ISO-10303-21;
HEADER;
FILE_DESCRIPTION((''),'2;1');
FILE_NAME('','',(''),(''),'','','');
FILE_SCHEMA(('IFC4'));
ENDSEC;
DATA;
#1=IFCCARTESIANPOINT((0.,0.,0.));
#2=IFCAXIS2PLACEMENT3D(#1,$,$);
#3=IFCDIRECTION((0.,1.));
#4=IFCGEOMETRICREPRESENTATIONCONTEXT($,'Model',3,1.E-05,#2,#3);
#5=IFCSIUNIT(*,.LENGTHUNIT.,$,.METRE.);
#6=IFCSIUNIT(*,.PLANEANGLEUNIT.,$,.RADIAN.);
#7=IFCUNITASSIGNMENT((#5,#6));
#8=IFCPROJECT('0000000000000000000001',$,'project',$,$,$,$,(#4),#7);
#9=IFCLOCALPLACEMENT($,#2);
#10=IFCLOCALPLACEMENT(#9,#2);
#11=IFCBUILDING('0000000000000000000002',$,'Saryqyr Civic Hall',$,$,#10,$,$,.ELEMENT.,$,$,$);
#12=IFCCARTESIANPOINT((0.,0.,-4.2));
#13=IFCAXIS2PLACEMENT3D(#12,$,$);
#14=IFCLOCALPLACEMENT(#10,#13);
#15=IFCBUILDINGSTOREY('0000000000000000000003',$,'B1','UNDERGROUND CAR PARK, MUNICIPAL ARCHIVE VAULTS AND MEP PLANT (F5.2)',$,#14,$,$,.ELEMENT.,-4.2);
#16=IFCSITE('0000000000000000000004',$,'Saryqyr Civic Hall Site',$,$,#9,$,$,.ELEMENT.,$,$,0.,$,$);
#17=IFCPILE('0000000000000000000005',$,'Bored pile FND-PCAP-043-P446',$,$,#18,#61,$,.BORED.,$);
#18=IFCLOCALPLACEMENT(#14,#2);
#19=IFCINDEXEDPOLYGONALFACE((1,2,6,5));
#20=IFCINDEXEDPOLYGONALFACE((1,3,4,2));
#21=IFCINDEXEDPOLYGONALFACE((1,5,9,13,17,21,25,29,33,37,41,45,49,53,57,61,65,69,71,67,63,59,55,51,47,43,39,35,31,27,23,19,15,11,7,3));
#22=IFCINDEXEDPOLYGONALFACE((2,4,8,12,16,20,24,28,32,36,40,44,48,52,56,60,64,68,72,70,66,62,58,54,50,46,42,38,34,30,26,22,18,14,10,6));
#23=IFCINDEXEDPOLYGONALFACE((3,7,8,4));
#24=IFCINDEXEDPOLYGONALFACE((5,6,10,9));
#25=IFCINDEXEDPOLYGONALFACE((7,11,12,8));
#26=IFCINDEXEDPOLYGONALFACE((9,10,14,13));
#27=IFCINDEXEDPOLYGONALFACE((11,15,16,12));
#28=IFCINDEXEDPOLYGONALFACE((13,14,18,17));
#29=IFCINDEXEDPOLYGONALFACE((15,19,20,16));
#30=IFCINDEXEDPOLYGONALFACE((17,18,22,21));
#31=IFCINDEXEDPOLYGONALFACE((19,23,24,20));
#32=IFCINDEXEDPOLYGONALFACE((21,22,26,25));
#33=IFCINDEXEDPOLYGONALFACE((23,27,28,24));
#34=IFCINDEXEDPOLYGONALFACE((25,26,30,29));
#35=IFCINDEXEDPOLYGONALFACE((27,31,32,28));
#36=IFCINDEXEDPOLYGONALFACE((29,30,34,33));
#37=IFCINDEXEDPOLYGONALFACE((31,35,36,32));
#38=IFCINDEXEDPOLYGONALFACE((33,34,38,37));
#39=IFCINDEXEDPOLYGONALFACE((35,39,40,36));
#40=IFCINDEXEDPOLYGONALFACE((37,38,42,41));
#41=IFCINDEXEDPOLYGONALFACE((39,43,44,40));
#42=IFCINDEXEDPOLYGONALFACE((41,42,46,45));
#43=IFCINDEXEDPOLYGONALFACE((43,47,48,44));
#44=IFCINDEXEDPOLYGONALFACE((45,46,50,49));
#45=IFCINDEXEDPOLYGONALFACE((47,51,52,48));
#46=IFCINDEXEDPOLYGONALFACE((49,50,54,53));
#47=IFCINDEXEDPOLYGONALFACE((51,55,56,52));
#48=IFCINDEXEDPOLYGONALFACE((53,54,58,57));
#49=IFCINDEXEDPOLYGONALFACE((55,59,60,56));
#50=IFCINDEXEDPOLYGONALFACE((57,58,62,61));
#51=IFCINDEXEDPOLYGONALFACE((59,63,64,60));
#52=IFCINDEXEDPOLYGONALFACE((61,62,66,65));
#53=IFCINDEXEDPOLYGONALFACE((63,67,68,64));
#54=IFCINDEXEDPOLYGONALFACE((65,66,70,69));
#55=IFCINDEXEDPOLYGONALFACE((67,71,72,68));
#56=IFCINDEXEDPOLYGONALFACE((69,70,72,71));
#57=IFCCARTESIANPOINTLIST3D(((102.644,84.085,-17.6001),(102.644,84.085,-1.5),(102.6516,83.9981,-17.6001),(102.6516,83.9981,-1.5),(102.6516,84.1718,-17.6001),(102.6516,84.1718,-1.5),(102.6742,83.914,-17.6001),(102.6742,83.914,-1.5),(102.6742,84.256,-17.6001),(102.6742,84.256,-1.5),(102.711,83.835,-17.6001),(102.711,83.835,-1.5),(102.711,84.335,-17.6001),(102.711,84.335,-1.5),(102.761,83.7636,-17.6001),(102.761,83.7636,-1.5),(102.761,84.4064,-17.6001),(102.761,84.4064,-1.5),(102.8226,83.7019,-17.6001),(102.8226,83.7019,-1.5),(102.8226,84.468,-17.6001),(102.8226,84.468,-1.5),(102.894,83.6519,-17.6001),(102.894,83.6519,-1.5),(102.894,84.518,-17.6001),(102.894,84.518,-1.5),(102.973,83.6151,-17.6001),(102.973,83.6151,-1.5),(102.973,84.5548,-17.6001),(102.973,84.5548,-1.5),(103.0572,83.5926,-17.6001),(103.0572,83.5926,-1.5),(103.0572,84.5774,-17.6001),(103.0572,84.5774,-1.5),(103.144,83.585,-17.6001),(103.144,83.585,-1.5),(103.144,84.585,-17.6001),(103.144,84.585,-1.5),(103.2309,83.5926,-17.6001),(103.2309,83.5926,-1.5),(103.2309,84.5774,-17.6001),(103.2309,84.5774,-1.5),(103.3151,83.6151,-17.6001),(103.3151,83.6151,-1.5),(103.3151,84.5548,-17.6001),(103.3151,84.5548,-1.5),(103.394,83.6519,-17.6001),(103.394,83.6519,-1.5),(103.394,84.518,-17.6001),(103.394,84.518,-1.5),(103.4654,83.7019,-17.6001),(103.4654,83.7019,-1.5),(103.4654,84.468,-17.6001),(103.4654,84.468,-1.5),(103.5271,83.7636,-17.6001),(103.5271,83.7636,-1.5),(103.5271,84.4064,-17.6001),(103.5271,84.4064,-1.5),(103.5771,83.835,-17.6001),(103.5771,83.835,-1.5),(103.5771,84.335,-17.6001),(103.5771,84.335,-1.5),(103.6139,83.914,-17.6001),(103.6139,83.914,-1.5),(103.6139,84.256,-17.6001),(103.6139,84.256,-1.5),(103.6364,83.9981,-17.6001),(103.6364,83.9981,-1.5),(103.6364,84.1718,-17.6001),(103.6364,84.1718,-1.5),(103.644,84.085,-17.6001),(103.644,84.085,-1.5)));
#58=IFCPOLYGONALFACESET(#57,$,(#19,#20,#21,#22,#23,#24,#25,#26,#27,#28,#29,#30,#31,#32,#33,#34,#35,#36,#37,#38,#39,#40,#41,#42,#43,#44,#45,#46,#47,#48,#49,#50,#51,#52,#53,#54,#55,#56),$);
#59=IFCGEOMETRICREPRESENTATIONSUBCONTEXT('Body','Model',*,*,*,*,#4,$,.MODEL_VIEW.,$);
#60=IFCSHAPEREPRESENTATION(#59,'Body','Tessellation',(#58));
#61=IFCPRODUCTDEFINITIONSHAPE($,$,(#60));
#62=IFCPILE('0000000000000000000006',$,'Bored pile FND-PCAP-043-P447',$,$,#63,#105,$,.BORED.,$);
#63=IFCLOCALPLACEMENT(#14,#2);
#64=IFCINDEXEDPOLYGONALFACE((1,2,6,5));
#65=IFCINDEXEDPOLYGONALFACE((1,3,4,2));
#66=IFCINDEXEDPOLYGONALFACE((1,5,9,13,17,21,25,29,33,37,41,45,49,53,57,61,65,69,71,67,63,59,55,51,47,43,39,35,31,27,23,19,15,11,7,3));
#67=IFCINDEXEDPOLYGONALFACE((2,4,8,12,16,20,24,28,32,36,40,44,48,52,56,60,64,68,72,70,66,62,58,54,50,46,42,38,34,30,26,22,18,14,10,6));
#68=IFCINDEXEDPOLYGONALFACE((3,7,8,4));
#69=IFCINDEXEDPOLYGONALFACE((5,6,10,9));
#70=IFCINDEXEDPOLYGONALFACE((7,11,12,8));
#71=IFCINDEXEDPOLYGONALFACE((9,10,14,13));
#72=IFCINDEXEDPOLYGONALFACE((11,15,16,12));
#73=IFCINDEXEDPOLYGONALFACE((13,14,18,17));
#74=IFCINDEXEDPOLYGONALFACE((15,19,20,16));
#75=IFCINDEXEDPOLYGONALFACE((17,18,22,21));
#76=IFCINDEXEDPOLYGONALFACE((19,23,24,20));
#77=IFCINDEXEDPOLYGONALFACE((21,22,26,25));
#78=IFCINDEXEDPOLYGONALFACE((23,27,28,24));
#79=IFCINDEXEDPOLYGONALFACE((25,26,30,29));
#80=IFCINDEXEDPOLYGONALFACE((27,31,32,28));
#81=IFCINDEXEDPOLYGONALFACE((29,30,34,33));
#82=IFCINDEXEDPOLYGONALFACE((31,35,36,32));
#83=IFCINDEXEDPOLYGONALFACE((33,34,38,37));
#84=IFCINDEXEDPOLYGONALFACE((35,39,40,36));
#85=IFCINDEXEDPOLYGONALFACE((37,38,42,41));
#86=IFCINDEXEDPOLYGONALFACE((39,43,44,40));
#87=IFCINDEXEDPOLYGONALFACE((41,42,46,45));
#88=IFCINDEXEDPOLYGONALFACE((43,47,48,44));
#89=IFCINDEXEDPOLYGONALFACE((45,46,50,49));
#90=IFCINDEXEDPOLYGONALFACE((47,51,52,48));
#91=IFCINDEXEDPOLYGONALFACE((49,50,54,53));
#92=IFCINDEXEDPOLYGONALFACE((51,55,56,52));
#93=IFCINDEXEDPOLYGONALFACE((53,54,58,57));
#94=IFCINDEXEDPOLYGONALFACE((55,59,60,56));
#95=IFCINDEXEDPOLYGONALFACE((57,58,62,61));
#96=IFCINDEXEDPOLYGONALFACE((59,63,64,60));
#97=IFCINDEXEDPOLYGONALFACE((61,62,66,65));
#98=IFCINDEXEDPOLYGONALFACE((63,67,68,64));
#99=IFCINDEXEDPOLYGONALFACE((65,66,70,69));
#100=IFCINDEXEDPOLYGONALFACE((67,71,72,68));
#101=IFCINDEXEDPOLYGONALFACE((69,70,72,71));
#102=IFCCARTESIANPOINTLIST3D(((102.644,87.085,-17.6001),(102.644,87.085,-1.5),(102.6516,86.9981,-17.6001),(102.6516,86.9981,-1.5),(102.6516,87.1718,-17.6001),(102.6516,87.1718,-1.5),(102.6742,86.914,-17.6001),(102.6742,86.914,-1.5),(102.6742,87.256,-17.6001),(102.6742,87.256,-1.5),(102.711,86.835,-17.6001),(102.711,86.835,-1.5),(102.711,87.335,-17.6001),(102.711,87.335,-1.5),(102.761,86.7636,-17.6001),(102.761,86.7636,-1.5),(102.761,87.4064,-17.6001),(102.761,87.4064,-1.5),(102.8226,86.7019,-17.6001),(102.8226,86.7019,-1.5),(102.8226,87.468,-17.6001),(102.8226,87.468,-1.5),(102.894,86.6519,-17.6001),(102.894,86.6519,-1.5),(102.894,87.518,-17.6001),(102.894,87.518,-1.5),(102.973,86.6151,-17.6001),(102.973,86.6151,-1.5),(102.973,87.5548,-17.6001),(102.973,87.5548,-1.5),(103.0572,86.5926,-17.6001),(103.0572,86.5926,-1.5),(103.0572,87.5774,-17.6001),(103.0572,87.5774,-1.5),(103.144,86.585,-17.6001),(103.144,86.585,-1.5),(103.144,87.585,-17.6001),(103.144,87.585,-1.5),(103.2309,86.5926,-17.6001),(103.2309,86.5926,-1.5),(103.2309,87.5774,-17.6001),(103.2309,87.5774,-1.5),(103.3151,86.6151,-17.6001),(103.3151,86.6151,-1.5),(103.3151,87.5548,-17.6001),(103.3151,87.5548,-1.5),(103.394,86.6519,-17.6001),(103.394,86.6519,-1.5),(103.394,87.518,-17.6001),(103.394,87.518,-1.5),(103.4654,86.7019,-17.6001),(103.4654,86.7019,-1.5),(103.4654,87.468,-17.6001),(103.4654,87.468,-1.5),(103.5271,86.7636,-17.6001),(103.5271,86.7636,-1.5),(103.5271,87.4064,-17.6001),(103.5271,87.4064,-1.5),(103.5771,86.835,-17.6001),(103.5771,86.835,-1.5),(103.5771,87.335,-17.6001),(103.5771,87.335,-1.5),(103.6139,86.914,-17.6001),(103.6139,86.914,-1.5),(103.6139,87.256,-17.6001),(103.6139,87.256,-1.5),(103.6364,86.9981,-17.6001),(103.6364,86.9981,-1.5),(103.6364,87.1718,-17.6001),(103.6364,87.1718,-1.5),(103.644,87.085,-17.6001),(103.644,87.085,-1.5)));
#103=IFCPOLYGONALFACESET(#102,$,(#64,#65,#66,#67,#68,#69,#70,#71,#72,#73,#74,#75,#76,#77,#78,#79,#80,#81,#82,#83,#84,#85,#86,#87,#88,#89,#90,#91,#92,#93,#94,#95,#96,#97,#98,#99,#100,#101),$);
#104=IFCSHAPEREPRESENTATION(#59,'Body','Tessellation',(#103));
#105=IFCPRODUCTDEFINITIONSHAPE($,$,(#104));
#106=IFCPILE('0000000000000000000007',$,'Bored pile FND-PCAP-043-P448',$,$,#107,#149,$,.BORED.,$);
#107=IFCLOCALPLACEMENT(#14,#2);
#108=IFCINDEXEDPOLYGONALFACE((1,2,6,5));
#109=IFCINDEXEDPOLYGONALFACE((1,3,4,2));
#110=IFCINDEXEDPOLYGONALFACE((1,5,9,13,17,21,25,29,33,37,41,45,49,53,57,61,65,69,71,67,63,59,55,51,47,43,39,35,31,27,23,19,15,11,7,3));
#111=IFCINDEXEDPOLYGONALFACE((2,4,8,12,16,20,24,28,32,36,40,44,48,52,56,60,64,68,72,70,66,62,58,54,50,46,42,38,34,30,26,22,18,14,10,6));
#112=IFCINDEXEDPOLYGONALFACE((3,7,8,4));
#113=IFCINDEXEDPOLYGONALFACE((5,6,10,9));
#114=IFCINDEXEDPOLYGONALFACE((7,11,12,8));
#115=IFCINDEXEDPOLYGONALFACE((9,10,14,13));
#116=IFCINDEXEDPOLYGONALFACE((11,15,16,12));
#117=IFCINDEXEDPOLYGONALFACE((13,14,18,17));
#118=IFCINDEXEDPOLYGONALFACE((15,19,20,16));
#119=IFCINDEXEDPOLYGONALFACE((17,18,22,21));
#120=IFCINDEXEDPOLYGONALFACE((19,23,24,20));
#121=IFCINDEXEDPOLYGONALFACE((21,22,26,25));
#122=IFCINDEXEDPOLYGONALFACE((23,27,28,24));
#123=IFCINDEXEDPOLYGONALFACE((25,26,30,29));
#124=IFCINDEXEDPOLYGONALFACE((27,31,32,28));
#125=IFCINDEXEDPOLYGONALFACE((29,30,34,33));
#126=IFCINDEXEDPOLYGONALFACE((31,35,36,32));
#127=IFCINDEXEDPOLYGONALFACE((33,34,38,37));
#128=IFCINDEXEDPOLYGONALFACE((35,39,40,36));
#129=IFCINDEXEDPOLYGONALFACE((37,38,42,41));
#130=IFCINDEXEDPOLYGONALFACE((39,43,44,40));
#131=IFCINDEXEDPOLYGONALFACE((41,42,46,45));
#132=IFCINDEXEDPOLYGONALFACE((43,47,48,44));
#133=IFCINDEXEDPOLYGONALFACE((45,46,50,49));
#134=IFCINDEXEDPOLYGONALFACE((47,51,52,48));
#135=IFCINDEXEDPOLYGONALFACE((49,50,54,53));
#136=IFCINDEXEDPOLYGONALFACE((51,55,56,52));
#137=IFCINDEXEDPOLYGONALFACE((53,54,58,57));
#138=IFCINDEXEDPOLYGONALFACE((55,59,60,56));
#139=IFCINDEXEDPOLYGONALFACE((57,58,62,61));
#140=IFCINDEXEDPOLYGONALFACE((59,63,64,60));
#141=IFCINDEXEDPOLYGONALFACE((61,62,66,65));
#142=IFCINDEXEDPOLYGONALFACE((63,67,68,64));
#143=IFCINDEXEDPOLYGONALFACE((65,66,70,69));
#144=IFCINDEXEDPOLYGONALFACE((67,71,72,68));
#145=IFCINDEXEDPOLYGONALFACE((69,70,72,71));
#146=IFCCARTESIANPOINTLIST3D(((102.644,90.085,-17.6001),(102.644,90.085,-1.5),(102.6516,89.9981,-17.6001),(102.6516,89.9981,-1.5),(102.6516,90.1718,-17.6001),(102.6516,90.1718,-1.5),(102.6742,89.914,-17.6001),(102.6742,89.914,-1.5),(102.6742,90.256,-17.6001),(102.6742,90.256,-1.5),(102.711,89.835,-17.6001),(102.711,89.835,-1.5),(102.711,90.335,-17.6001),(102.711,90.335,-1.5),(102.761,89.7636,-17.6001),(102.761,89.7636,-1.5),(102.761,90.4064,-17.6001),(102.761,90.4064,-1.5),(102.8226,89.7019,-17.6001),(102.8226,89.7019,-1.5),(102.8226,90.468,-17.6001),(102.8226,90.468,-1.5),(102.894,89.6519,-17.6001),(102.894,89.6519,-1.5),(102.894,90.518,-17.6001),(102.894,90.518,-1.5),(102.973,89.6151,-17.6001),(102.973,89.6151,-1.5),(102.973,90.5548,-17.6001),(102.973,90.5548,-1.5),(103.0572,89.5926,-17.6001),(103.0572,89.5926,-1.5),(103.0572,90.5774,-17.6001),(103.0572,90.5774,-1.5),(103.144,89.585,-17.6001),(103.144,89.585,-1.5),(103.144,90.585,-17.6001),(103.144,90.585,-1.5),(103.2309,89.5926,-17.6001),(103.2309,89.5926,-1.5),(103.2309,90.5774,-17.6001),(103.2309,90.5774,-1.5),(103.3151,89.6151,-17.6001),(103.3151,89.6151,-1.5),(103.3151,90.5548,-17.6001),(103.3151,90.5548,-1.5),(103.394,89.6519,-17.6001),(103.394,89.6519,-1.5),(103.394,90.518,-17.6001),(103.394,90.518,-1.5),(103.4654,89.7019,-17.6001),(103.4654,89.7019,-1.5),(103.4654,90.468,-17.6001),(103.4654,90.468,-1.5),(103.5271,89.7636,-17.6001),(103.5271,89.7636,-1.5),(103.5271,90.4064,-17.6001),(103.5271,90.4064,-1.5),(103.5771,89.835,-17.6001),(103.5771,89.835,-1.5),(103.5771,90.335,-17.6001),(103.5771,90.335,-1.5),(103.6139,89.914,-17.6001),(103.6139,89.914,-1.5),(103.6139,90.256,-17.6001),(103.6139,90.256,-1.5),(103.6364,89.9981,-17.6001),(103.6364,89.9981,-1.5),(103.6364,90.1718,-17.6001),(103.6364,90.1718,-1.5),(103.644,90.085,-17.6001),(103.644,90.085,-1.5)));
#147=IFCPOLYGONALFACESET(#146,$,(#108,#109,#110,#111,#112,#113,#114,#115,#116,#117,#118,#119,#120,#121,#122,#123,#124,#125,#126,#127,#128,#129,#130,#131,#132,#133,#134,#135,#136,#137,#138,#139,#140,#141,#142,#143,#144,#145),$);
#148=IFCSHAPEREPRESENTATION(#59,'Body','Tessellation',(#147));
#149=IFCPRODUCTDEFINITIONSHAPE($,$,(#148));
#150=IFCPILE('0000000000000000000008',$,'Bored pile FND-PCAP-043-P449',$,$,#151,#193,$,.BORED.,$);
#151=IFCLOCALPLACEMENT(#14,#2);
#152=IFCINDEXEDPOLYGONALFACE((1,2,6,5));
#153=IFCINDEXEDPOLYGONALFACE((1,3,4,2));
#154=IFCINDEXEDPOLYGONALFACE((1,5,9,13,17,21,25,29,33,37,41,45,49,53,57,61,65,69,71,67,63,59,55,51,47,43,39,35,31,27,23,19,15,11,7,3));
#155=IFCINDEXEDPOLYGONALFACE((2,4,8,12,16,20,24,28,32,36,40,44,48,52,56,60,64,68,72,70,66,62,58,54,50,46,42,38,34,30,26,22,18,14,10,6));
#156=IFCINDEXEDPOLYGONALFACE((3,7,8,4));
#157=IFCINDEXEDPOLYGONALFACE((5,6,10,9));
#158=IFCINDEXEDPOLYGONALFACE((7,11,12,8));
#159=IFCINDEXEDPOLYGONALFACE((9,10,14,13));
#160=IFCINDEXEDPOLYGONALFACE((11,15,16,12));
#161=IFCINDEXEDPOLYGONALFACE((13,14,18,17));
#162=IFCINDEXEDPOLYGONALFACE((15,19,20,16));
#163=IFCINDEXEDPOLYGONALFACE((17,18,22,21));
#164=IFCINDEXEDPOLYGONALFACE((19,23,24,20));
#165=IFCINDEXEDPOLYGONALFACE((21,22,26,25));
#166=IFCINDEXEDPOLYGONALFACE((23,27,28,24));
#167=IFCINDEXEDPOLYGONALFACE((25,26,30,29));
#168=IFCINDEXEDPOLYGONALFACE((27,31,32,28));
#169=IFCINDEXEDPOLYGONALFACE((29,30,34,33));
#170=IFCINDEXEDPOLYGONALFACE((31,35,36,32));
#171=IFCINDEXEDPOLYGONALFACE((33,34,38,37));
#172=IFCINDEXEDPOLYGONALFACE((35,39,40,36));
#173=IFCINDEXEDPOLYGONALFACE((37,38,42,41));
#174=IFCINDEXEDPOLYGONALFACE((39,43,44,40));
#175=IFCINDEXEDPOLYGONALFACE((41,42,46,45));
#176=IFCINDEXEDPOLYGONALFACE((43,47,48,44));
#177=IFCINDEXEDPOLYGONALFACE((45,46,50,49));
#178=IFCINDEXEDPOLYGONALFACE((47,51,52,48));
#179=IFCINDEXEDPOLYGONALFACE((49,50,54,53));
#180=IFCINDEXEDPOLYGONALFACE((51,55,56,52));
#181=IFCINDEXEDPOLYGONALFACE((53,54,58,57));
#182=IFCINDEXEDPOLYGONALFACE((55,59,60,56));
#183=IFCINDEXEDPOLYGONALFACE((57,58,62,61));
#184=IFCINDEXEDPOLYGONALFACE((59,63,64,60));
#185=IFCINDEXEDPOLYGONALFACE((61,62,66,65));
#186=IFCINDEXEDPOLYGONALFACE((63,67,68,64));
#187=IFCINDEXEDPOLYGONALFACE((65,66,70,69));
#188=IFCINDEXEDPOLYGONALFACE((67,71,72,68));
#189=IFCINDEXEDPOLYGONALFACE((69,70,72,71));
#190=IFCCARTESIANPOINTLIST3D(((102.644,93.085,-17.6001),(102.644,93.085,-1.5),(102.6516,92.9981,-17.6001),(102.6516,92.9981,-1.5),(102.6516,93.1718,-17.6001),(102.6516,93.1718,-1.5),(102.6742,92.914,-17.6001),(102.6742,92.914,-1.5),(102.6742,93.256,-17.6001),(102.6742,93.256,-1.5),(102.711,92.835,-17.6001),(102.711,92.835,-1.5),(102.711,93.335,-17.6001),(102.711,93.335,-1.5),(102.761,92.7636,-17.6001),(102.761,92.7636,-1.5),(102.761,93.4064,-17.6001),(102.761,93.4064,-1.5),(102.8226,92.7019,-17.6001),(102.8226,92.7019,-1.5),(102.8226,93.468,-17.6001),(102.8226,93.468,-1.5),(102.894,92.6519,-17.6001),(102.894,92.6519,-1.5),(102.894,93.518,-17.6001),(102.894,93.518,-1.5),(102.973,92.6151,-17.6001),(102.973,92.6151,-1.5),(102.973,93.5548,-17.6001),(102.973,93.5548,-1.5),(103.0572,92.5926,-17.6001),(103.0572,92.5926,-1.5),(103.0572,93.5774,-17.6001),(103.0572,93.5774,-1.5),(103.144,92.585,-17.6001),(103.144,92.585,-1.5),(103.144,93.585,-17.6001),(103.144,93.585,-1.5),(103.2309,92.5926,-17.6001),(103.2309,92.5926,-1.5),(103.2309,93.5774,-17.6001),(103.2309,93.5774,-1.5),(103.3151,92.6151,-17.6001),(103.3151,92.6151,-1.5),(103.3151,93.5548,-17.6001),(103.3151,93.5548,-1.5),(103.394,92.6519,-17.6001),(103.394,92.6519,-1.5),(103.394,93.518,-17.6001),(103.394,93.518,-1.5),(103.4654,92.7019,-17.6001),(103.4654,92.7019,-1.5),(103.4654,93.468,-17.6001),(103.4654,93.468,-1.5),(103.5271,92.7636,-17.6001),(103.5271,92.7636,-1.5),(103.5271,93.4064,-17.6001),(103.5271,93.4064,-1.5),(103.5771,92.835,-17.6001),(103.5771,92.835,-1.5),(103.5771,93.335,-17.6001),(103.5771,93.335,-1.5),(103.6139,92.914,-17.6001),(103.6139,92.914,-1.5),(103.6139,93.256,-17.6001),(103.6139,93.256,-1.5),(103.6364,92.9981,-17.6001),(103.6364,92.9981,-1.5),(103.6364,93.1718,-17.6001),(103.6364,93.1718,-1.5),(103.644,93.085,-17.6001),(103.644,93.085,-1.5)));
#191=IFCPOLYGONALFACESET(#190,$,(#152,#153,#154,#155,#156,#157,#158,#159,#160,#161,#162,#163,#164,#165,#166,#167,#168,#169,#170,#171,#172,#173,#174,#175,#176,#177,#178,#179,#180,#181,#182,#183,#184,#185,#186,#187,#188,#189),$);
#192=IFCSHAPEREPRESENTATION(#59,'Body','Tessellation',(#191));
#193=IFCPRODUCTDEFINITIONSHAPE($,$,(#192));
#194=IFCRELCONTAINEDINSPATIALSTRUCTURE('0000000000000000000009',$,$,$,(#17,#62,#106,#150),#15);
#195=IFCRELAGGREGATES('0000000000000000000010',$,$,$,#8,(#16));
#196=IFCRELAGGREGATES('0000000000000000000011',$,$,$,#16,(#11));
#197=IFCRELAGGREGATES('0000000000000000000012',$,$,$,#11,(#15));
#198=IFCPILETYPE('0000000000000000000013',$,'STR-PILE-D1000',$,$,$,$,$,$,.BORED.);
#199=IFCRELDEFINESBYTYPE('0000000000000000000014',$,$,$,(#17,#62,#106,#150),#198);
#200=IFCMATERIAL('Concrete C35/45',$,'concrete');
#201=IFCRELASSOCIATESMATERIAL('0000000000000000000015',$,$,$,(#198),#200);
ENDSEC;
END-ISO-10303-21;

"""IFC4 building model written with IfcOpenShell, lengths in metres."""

from ifc_helpers import new_model, si_unit, direction, frame, origin, origin_2d, place, context, subcontext, project, spatial, circle, extrude, material, material_profile, profile_set, type_object, element, save


model = new_model("IFC4")

# Units and contexts
model_context = context("Model", 3, precision=1e-05, world=origin(), true_north=direction((0.0, 1.0)))
body_context = subcontext(model_context, "Body", "Model", "MODEL_VIEW")
ifc_project = project(units=[si_unit("LENGTHUNIT", "METRE"), si_unit("PLANEANGLEUNIT", "RADIAN")], contexts=[model_context])

# Site, building, storey
site_placement = place(None, origin())
site = spatial("IfcSite", under=ifc_project, at=site_placement, Name="Saryqyr Civic Hall Site", CompositionType="ELEMENT", RefElevation=0.0)
building_placement = place(site_placement, origin())
building = spatial("IfcBuilding", under=site, at=building_placement, Name="Saryqyr Civic Hall", CompositionType="ELEMENT")
storey_placement = place(building_placement, frame((0.0, 0.0, -4.2)))
storey = spatial("IfcBuildingStorey", under=building, at=storey_placement, Name="B1", Description="UNDERGROUND CAR PARK, MUNICIPAL ARCHIVE VAULTS AND MEP PLANT (F5.2)", CompositionType="ELEMENT", Elevation=-4.2)

# Piles
ifc_material_1 = material(Name="Concrete C35/45", Category="concrete")
ifc_material_profile_1 = material_profile(ifc_material_1, circle(Radius=0.5, at=origin_2d()), Name="BORED PILE D1000")
ifc_profile_set_1 = profile_set([ifc_material_profile_1], Name="Concrete C35/45")
pile_type = type_object("IfcPileType", Name="STR-PILE-D1000", PredefinedType="BORED", material=ifc_profile_set_1)
for number, where, z_axis, x_axis, name in (
    (1, (103.144, 84.085, -1.5), (0.0, 0.0, -1.0), (1.0, 0.0, 0.0), "Bored pile FND-PCAP-043-P446"),
    (2, (103.144, 87.085, -1.5), (0.0, 0.0, -1.0), (1.0, 0.0, 0.0), "Bored pile FND-PCAP-043-P447"),
    (3, (103.144, 90.085, -1.5), (0.0, 0.0, -1.0), (1.0, 0.0, 0.0), "Bored pile FND-PCAP-043-P448"),
    (4, (103.144, 93.085, -1.5), (0.0, 0.0, -1.0), (1.0, 0.0, 0.0), "Bored pile FND-PCAP-043-P449"),
):
    element("IfcPile", number, at=place(storey_placement, frame(where, z_axis=z_axis, x_axis=x_axis)), inside=storey, type_object=pile_type, Name=name, PredefinedType="BORED", context=body_context, shape_type="SweptSolid", body=[
        extrude(circle(Radius=0.5, at=origin_2d()), origin(), (0.0, 0.0, 1.0), 16.1001),
    ])

save(model, "model.ifc")
